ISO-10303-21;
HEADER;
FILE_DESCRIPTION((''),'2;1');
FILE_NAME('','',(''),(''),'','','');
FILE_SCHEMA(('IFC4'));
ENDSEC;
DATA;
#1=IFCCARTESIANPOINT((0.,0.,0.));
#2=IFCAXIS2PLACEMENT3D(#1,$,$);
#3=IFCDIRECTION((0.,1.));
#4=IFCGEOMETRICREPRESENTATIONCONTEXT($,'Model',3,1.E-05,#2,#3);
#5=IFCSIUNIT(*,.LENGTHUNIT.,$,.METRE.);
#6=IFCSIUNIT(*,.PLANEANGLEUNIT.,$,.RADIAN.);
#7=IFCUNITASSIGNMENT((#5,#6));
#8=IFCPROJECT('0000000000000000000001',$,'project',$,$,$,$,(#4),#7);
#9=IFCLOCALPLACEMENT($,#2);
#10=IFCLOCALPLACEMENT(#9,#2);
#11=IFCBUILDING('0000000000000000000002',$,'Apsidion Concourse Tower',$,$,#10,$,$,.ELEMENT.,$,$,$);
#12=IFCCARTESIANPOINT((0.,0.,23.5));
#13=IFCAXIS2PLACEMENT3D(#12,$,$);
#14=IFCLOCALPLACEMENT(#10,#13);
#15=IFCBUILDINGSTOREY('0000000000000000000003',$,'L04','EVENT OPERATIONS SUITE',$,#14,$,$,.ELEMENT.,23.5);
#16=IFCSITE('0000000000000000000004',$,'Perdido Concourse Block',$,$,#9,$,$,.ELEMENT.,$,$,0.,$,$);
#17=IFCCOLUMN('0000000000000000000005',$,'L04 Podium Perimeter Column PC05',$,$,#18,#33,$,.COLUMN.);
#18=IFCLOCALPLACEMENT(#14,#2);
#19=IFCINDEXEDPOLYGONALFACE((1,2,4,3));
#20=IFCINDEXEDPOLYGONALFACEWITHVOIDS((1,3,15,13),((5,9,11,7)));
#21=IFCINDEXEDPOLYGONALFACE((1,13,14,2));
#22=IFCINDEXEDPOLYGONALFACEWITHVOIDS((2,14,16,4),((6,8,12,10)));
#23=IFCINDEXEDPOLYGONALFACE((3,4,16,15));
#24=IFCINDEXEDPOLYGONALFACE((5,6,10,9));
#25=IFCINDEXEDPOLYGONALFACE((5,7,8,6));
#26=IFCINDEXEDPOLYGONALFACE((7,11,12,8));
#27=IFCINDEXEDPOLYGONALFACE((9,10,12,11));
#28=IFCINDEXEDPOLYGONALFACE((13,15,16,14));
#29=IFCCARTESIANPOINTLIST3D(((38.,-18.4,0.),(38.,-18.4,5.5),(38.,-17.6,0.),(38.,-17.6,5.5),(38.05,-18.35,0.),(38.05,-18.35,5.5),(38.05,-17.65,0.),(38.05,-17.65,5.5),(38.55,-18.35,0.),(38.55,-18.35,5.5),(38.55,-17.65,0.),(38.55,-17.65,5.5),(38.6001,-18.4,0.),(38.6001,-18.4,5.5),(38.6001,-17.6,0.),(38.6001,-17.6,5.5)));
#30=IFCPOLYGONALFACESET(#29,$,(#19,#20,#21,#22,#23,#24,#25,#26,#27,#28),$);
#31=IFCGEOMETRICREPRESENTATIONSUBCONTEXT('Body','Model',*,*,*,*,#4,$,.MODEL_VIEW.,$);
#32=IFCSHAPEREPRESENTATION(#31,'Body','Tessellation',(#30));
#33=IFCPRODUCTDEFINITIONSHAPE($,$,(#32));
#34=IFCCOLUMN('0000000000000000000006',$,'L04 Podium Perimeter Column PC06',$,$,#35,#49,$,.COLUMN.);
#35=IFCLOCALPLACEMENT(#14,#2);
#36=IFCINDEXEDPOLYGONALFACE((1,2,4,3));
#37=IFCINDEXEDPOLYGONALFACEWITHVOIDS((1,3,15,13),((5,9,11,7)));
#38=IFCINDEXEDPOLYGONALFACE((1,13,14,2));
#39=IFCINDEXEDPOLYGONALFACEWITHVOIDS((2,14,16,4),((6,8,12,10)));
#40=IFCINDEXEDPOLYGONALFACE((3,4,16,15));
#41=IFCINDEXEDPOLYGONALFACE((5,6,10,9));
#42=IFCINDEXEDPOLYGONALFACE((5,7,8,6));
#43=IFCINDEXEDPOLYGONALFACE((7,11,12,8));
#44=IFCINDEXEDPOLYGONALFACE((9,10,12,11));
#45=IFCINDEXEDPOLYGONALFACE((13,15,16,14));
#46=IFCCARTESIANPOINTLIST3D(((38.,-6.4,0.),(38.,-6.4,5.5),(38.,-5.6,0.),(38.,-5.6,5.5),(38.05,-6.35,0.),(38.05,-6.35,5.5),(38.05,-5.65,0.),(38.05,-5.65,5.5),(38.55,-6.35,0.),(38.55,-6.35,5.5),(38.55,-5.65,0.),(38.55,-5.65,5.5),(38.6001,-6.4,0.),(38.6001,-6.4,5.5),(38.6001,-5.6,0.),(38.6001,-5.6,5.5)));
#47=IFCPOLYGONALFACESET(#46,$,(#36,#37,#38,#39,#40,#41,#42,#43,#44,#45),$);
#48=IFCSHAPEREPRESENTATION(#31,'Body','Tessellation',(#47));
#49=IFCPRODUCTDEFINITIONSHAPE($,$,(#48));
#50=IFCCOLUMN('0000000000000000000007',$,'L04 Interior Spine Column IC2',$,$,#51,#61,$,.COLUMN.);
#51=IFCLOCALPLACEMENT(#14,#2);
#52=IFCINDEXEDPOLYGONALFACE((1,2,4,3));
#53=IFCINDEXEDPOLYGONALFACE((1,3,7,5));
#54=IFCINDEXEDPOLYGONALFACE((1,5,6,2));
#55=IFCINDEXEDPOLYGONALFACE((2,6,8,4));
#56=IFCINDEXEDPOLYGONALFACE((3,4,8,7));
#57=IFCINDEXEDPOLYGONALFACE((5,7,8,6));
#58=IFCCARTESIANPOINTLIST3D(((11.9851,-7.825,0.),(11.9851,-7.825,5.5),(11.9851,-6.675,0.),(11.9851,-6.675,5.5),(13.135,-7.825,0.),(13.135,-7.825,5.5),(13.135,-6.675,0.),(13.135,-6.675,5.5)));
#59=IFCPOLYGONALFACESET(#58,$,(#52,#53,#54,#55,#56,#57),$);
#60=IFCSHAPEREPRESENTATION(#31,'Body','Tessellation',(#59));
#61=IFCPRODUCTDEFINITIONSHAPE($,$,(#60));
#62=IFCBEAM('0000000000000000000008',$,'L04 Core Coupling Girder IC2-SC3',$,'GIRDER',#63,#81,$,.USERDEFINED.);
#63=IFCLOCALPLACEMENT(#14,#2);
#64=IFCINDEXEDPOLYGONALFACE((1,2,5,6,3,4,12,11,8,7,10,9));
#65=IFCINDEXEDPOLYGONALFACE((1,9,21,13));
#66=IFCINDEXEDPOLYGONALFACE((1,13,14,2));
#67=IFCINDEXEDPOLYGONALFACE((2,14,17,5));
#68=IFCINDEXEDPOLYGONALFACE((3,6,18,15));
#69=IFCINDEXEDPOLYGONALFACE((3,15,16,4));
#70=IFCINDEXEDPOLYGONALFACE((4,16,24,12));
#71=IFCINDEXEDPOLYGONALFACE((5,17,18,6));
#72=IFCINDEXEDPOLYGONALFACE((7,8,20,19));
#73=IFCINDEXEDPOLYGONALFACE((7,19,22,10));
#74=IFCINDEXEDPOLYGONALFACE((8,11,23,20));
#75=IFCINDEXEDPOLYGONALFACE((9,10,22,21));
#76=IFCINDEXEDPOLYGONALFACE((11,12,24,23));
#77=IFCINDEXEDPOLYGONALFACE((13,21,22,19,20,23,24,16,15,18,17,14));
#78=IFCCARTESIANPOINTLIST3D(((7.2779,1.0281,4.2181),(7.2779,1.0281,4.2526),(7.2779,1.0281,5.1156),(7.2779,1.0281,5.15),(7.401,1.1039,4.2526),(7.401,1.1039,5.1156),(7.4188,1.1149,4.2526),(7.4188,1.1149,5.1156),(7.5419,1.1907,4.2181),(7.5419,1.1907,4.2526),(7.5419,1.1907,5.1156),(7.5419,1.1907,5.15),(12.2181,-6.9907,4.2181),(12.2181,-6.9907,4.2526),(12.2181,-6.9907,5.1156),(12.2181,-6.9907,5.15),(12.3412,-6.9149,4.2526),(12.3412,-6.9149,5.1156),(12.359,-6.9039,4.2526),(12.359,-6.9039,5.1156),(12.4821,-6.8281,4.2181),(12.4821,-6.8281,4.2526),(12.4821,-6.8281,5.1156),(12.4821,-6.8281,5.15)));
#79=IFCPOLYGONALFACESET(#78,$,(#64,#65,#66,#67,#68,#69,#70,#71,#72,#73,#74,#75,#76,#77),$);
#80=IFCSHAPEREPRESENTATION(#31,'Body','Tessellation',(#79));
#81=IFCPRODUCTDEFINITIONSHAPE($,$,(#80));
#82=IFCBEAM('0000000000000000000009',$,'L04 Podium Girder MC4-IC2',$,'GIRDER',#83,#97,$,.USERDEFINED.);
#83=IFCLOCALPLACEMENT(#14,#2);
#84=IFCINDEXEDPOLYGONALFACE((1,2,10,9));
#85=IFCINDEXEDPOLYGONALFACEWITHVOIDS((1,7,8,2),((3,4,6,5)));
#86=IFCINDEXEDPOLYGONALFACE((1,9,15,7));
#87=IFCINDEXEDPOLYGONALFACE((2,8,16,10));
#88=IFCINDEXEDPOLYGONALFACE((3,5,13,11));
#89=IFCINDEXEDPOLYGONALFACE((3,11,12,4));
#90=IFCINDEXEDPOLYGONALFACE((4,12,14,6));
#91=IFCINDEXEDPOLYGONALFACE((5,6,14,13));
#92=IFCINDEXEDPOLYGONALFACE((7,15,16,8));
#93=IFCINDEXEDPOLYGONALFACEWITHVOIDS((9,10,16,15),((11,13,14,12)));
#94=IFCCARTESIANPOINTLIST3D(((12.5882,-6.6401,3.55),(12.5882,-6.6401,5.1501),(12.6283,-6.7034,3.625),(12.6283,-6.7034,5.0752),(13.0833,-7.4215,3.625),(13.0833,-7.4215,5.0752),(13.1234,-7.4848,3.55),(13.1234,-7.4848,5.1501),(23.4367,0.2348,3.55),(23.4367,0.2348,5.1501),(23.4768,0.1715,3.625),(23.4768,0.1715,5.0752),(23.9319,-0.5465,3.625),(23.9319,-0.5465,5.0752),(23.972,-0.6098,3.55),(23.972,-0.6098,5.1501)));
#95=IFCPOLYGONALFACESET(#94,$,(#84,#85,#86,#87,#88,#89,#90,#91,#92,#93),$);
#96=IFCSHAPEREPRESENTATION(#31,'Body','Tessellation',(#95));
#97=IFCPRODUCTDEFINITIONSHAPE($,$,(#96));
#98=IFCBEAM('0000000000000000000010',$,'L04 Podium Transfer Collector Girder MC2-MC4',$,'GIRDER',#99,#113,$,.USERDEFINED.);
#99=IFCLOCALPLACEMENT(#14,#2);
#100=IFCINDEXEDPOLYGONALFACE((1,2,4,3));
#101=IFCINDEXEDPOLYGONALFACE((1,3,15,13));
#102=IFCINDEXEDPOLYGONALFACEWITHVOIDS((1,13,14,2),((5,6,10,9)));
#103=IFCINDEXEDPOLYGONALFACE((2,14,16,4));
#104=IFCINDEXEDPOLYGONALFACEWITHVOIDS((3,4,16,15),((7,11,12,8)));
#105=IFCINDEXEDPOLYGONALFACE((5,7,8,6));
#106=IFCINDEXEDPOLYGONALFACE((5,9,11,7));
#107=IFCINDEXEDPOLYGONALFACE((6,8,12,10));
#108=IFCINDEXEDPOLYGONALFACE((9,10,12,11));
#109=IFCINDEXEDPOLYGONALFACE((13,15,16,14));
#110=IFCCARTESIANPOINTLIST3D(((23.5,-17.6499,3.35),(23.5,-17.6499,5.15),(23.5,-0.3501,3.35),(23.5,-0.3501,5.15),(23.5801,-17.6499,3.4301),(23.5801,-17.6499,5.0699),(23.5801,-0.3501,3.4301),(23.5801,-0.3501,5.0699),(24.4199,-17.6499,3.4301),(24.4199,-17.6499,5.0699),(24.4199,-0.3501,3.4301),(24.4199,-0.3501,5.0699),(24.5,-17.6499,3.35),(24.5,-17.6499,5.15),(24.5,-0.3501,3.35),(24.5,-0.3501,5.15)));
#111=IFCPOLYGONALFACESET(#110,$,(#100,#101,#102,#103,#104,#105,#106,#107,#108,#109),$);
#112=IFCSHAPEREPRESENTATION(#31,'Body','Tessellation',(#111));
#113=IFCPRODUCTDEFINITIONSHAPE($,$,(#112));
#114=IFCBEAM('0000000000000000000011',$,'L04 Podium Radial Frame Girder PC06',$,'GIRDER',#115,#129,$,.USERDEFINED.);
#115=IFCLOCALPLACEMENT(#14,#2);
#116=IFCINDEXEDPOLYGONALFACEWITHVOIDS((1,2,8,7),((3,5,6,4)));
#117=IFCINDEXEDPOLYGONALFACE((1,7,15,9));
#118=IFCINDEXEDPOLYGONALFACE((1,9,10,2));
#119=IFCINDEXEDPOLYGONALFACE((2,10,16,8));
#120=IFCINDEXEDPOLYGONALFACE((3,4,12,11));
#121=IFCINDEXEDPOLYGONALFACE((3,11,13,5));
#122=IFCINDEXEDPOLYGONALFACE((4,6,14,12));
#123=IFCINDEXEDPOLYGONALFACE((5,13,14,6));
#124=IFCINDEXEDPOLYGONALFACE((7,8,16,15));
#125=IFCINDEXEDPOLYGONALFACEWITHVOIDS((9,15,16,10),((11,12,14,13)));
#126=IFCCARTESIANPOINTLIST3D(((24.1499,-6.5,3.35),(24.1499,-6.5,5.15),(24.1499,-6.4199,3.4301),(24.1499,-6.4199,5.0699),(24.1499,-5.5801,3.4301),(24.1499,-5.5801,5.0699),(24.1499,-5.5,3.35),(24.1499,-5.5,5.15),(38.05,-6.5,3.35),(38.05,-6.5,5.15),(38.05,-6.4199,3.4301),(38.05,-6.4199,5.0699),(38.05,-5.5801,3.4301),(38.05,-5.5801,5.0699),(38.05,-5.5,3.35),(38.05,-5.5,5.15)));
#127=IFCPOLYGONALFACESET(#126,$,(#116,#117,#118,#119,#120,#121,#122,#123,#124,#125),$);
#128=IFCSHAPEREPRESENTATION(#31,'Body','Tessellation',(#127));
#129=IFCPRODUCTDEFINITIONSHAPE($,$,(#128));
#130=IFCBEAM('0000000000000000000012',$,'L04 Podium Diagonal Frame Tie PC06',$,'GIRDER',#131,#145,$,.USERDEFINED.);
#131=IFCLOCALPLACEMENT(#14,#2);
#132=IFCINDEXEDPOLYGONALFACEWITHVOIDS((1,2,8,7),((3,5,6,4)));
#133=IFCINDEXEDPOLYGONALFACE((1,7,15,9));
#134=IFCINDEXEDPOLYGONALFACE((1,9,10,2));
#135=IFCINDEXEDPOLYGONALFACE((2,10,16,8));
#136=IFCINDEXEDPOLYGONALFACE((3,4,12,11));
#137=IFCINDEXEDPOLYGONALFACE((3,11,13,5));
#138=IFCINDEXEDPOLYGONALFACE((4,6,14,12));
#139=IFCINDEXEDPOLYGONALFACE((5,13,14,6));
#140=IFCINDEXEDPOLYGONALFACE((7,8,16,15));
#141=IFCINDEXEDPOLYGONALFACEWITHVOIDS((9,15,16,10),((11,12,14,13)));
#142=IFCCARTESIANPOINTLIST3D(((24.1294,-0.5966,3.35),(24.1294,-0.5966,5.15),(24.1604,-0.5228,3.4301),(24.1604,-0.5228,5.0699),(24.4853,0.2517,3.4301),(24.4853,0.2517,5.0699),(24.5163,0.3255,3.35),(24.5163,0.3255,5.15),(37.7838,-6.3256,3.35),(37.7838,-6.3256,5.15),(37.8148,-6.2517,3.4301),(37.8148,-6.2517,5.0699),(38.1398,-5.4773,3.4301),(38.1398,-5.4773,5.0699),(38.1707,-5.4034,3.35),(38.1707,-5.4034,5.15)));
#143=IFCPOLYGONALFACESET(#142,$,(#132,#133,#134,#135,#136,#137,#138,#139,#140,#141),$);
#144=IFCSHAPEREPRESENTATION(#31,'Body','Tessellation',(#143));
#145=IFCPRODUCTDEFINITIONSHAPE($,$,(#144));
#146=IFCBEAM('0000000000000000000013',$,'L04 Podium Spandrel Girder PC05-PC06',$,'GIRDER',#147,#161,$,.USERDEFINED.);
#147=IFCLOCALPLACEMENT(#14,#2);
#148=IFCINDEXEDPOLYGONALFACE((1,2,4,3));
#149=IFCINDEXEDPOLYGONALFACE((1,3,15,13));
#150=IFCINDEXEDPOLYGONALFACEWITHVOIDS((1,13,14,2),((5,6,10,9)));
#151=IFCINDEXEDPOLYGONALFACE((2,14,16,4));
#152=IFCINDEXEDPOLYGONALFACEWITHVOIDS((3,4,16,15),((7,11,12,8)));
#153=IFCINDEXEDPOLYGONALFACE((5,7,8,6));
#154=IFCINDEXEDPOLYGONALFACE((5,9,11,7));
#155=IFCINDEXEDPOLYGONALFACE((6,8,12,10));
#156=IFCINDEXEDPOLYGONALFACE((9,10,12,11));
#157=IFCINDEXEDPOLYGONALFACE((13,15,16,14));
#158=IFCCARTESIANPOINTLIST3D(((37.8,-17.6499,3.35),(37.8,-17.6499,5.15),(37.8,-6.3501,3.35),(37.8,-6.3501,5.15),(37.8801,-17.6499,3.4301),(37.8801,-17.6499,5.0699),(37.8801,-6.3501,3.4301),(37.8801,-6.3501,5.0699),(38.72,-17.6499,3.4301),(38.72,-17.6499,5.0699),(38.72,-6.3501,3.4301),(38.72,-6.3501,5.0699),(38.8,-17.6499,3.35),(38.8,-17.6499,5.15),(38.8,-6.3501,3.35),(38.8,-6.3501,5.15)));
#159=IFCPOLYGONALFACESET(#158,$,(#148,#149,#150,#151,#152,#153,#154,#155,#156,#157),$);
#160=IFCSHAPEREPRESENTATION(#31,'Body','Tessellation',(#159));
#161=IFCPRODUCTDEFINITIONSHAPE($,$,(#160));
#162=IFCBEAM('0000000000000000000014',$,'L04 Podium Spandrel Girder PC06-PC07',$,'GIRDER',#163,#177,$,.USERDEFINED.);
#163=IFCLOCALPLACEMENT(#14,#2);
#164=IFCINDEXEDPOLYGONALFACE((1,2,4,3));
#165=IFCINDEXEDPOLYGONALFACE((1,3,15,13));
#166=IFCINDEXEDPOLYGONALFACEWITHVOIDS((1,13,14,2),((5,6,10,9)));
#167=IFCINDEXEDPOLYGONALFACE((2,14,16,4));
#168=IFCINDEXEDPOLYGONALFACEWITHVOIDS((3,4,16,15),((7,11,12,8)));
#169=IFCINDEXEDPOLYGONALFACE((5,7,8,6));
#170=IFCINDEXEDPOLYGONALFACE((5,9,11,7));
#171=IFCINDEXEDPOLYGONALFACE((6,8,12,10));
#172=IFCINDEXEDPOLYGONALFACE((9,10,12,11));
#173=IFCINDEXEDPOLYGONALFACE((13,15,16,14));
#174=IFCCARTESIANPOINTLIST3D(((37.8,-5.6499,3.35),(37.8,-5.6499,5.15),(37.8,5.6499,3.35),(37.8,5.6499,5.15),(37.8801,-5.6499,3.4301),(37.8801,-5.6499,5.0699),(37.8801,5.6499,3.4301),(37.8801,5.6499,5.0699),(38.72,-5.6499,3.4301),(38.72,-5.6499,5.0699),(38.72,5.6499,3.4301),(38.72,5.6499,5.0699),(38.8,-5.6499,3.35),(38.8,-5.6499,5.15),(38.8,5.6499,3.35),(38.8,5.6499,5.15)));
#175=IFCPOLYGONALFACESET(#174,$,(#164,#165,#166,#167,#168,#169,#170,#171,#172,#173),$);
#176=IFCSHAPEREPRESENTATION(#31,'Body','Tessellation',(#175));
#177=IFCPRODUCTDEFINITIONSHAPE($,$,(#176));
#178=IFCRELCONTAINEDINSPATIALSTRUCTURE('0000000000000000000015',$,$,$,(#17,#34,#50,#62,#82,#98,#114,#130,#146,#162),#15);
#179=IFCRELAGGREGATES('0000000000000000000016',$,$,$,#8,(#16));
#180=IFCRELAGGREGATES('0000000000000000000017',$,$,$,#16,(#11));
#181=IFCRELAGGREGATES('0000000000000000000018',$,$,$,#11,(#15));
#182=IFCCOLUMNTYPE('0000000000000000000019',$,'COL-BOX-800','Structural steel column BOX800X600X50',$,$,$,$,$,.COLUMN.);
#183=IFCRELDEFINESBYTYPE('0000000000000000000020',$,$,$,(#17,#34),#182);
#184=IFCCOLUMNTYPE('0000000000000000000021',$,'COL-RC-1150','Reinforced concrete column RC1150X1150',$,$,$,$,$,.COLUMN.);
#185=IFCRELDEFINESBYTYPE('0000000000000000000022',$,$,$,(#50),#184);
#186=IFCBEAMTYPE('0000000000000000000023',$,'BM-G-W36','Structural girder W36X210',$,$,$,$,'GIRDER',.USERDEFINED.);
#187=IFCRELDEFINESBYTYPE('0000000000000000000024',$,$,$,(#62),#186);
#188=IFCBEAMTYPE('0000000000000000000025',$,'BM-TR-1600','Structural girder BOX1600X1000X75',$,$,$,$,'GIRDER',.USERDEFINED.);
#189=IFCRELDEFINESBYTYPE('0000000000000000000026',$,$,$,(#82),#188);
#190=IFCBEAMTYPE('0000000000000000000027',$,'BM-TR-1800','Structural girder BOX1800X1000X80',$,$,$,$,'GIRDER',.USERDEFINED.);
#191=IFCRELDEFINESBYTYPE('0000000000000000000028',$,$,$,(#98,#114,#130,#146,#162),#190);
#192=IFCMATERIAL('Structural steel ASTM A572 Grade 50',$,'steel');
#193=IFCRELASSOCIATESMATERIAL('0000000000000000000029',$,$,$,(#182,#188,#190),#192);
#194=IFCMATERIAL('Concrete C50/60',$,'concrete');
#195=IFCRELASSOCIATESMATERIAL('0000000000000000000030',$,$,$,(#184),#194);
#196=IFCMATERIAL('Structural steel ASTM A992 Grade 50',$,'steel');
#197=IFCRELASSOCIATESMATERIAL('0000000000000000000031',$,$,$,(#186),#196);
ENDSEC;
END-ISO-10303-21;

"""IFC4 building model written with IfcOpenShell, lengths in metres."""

from ifc_helpers import new_model, si_unit, direction, frame, origin, origin_2d, place, context, subcontext, project, spatial, rectangle, hollow_rectangle, i_section, extrude, material, material_profile, profile_set, type_object, element, save


model = new_model("IFC4")

# Units and contexts
model_context = context("Model", 3, precision=1e-05, world=origin(), true_north=direction((0.0, 1.0)))
body_context = subcontext(model_context, "Body", "Model", "MODEL_VIEW")
ifc_project = project(units=[si_unit("LENGTHUNIT", "METRE"), si_unit("PLANEANGLEUNIT", "RADIAN")], contexts=[model_context])

# Site, building, storey
site_placement = place(None, origin())
site = spatial("IfcSite", under=ifc_project, at=site_placement, Name="Perdido Concourse Block", CompositionType="ELEMENT", RefElevation=0.0)
building_placement = place(site_placement, origin())
building = spatial("IfcBuilding", under=site, at=building_placement, Name="Apsidion Concourse Tower", CompositionType="ELEMENT")
storey_placement = place(building_placement, frame((0.0, 0.0, 23.5)))
storey = spatial("IfcBuildingStorey", under=building, at=storey_placement, Name="L04", Description="EVENT OPERATIONS SUITE", CompositionType="ELEMENT", Elevation=23.5)

# Columns
ifc_material_1 = material(Name="Structural steel ASTM A572 Grade 50", Category="steel")
ifc_material_profile_1 = material_profile(ifc_material_1, hollow_rectangle(XDim=0.6001, YDim=0.8, WallThickness=0.05, at=origin_2d()), Name="BOX800X600X50")
ifc_profile_set_1 = profile_set([ifc_material_profile_1], Name="Structural steel ASTM A572 Grade 50")
column_type_1 = type_object("IfcColumnType", Name="COL-BOX-800", Description="Structural steel column BOX800X600X50", PredefinedType="COLUMN", material=ifc_profile_set_1)
for number, where, z_axis, x_axis, name in (
    (1, (38.3, -18.0, 0.0), (0.0, 0.0, 1.0), (1.0, 0.0, 0.0), "L04 Podium Perimeter Column PC05"),
    (2, (38.3, -6.0, 0.0), (0.0, 0.0, 1.0), (1.0, 0.0, 0.0), "L04 Podium Perimeter Column PC06"),
):
    element("IfcColumn", number, at=place(storey_placement, frame(where, z_axis=z_axis, x_axis=x_axis)), inside=storey, type_object=column_type_1, Name=name, PredefinedType="COLUMN", context=body_context, shape_type="SweptSolid", body=[
        extrude(hollow_rectangle(XDim=0.6001, YDim=0.8, WallThickness=0.05, at=origin_2d()), origin(), (0.0, 0.0, 1.0), 5.5),
    ])
ifc_material_2 = material(Name="Concrete C50/60", Category="concrete")
ifc_material_profile_2 = material_profile(ifc_material_2, rectangle(XDim=1.1499, YDim=1.1499, at=origin_2d()), Name="RC 1150x1150")
ifc_profile_set_2 = profile_set([ifc_material_profile_2], Name="Concrete C50/60")
column_type_2 = type_object("IfcColumnType", Name="COL-RC-1150", Description="Reinforced concrete column RC1150X1150", PredefinedType="COLUMN", material=ifc_profile_set_2)
column_placement = place(storey_placement, frame((12.5601, -7.25, 0.0), z_axis=(0.0, 0.0, 1.0), x_axis=(1.0, 0.0, 0.0)))
element("IfcColumn", 3, at=column_placement, inside=storey, type_object=column_type_2, Name="L04 Interior Spine Column IC2", PredefinedType="COLUMN", context=body_context, shape_type="SweptSolid", body=[
    extrude(rectangle(XDim=1.1499, YDim=1.1499, at=origin_2d()), origin(), (0.0, 0.0, 1.0), 5.5),
])

# Beams
ifc_material_3 = material(Name="Structural steel ASTM A992 Grade 50", Category="steel")
ifc_material_profile_3 = material_profile(ifc_material_3, i_section(OverallWidth=0.3101, OverallDepth=0.9319, WebThickness=0.021, FlangeThickness=0.0344, at=origin_2d()), Name="W36X210")
ifc_profile_set_3 = profile_set([ifc_material_profile_3], Name="Structural steel ASTM A992 Grade 50")
beam_type_1 = type_object("IfcBeamType", Name="BM-G-W36", Description="Structural girder W36X210", ElementType="GIRDER", PredefinedType="USERDEFINED", material=ifc_profile_set_3)
beam_1_placement = place(storey_placement, frame((12.3501, -6.9094, 4.6841), z_axis=(-0.524524, 0.851396, 0.0), x_axis=(-0.851396, -0.524524, 0.0)))
element("IfcBeam", 4, at=beam_1_placement, inside=storey, type_object=beam_type_1, Name="L04 Core Coupling Girder IC2-SC3", ObjectType="GIRDER", PredefinedType="USERDEFINED", context=body_context, shape_type="SweptSolid", body=[
    extrude(i_section(OverallWidth=0.3101, OverallDepth=0.9319, WebThickness=0.021, FlangeThickness=0.0344, at=origin_2d()), origin(), (0.0, 0.0, 1.0), 9.4185),
])
ifc_material_profile_4 = material_profile(ifc_material_1, hollow_rectangle(XDim=1.0, YDim=1.6001, WallThickness=0.075, at=origin_2d()), Name="BOX1600X1000X75")
ifc_profile_set_4 = profile_set([ifc_material_profile_4], Name="Structural steel ASTM A572 Grade 50")
beam_type_2 = type_object("IfcBeamType", Name="BM-TR-1600", Description="Structural girder BOX1600X1000X75", ElementType="GIRDER", PredefinedType="USERDEFINED", material=ifc_profile_set_4)
beam_2_placement = place(storey_placement, frame((23.7043, -0.1875, 4.3501), z_axis=(-0.844671, -0.535285, 0.0), x_axis=(0.535285, -0.844671, 0.0)))
element("IfcBeam", 5, at=beam_2_placement, inside=storey, type_object=beam_type_2, Name="L04 Podium Girder MC4-IC2", ObjectType="GIRDER", PredefinedType="USERDEFINED", context=body_context, shape_type="SweptSolid", body=[
    extrude(hollow_rectangle(XDim=1.0, YDim=1.6001, WallThickness=0.075, at=origin_2d()), origin(), (0.0, 0.0, 1.0), 12.8435),
])
ifc_material_profile_5 = material_profile(ifc_material_1, hollow_rectangle(XDim=1.0, YDim=1.8, WallThickness=0.0801, at=origin_2d()), Name="BOX1800X1000X80")
ifc_profile_set_5 = profile_set([ifc_material_profile_5], Name="Structural steel ASTM A572 Grade 50")
beam_type_3 = type_object("IfcBeamType", Name="BM-TR-1800", Description="Structural girder BOX1800X1000X80", ElementType="GIRDER", PredefinedType="USERDEFINED", material=ifc_profile_set_5)
beam_3_placement = place(storey_placement, frame((24.0, -17.6499, 4.25), z_axis=(0.0, 1.0, 0.0), x_axis=(-1.0, 0.0, 0.0)))
element("IfcBeam", 6, at=beam_3_placement, inside=storey, type_object=beam_type_3, Name="L04 Podium Transfer Collector Girder MC2-MC4", ObjectType="GIRDER", PredefinedType="USERDEFINED", context=body_context, shape_type="SweptSolid", body=[
    extrude(hollow_rectangle(XDim=1.0, YDim=1.8, WallThickness=0.0801, at=origin_2d()), origin(), (0.0, 0.0, 1.0), 17.2998),
])
beam_4_placement = place(storey_placement, frame((38.05, -6.0, 4.25), z_axis=(-1.0, 0.0, 0.0), x_axis=(0.0, -1.0, 0.0)))
element("IfcBeam", 7, at=beam_4_placement, inside=storey, type_object=beam_type_3, Name="L04 Podium Radial Frame Girder PC06", ObjectType="GIRDER", PredefinedType="USERDEFINED", context=body_context, shape_type="SweptSolid", body=[
    extrude(hollow_rectangle(XDim=1.0, YDim=1.8, WallThickness=0.0801, at=origin_2d()), origin(), (0.0, 0.0, 1.0), 13.9001),
])
beam_5_placement = place(storey_placement, frame((37.9773, -5.8645, 4.25), z_axis=(-0.922124, 0.386894, 0.0), x_axis=(-0.386894, -0.922124, 0.0)))
element("IfcBeam", 8, at=beam_5_placement, inside=storey, type_object=beam_type_3, Name="L04 Podium Diagonal Frame Tie PC06", ObjectType="GIRDER", PredefinedType="USERDEFINED", context=body_context, shape_type="SweptSolid", body=[
    extrude(hollow_rectangle(XDim=1.0, YDim=1.8, WallThickness=0.0801, at=origin_2d()), origin(), (0.0, 0.0, 1.0), 14.8076),
])
for number, where, z_axis, x_axis, name in (
    (9, (38.3, -17.6499, 4.25), (0.0, 1.0, 0.0), (-1.0, 0.0, 0.0), "L04 Podium Spandrel Girder PC05-PC06"),
    (10, (38.3, -5.6499, 4.25), (0.0, 1.0, 0.0), (-1.0, 0.0, 0.0), "L04 Podium Spandrel Girder PC06-PC07"),
):
    element("IfcBeam", number, at=place(storey_placement, frame(where, z_axis=z_axis, x_axis=x_axis)), inside=storey, type_object=beam_type_3, Name=name, ObjectType="GIRDER", PredefinedType="USERDEFINED", context=body_context, shape_type="SweptSolid", body=[
        extrude(hollow_rectangle(XDim=1.0, YDim=1.8, WallThickness=0.0801, at=origin_2d()), origin(), (0.0, 0.0, 1.0), 11.2998),
    ])

save(model, "model.ifc")
